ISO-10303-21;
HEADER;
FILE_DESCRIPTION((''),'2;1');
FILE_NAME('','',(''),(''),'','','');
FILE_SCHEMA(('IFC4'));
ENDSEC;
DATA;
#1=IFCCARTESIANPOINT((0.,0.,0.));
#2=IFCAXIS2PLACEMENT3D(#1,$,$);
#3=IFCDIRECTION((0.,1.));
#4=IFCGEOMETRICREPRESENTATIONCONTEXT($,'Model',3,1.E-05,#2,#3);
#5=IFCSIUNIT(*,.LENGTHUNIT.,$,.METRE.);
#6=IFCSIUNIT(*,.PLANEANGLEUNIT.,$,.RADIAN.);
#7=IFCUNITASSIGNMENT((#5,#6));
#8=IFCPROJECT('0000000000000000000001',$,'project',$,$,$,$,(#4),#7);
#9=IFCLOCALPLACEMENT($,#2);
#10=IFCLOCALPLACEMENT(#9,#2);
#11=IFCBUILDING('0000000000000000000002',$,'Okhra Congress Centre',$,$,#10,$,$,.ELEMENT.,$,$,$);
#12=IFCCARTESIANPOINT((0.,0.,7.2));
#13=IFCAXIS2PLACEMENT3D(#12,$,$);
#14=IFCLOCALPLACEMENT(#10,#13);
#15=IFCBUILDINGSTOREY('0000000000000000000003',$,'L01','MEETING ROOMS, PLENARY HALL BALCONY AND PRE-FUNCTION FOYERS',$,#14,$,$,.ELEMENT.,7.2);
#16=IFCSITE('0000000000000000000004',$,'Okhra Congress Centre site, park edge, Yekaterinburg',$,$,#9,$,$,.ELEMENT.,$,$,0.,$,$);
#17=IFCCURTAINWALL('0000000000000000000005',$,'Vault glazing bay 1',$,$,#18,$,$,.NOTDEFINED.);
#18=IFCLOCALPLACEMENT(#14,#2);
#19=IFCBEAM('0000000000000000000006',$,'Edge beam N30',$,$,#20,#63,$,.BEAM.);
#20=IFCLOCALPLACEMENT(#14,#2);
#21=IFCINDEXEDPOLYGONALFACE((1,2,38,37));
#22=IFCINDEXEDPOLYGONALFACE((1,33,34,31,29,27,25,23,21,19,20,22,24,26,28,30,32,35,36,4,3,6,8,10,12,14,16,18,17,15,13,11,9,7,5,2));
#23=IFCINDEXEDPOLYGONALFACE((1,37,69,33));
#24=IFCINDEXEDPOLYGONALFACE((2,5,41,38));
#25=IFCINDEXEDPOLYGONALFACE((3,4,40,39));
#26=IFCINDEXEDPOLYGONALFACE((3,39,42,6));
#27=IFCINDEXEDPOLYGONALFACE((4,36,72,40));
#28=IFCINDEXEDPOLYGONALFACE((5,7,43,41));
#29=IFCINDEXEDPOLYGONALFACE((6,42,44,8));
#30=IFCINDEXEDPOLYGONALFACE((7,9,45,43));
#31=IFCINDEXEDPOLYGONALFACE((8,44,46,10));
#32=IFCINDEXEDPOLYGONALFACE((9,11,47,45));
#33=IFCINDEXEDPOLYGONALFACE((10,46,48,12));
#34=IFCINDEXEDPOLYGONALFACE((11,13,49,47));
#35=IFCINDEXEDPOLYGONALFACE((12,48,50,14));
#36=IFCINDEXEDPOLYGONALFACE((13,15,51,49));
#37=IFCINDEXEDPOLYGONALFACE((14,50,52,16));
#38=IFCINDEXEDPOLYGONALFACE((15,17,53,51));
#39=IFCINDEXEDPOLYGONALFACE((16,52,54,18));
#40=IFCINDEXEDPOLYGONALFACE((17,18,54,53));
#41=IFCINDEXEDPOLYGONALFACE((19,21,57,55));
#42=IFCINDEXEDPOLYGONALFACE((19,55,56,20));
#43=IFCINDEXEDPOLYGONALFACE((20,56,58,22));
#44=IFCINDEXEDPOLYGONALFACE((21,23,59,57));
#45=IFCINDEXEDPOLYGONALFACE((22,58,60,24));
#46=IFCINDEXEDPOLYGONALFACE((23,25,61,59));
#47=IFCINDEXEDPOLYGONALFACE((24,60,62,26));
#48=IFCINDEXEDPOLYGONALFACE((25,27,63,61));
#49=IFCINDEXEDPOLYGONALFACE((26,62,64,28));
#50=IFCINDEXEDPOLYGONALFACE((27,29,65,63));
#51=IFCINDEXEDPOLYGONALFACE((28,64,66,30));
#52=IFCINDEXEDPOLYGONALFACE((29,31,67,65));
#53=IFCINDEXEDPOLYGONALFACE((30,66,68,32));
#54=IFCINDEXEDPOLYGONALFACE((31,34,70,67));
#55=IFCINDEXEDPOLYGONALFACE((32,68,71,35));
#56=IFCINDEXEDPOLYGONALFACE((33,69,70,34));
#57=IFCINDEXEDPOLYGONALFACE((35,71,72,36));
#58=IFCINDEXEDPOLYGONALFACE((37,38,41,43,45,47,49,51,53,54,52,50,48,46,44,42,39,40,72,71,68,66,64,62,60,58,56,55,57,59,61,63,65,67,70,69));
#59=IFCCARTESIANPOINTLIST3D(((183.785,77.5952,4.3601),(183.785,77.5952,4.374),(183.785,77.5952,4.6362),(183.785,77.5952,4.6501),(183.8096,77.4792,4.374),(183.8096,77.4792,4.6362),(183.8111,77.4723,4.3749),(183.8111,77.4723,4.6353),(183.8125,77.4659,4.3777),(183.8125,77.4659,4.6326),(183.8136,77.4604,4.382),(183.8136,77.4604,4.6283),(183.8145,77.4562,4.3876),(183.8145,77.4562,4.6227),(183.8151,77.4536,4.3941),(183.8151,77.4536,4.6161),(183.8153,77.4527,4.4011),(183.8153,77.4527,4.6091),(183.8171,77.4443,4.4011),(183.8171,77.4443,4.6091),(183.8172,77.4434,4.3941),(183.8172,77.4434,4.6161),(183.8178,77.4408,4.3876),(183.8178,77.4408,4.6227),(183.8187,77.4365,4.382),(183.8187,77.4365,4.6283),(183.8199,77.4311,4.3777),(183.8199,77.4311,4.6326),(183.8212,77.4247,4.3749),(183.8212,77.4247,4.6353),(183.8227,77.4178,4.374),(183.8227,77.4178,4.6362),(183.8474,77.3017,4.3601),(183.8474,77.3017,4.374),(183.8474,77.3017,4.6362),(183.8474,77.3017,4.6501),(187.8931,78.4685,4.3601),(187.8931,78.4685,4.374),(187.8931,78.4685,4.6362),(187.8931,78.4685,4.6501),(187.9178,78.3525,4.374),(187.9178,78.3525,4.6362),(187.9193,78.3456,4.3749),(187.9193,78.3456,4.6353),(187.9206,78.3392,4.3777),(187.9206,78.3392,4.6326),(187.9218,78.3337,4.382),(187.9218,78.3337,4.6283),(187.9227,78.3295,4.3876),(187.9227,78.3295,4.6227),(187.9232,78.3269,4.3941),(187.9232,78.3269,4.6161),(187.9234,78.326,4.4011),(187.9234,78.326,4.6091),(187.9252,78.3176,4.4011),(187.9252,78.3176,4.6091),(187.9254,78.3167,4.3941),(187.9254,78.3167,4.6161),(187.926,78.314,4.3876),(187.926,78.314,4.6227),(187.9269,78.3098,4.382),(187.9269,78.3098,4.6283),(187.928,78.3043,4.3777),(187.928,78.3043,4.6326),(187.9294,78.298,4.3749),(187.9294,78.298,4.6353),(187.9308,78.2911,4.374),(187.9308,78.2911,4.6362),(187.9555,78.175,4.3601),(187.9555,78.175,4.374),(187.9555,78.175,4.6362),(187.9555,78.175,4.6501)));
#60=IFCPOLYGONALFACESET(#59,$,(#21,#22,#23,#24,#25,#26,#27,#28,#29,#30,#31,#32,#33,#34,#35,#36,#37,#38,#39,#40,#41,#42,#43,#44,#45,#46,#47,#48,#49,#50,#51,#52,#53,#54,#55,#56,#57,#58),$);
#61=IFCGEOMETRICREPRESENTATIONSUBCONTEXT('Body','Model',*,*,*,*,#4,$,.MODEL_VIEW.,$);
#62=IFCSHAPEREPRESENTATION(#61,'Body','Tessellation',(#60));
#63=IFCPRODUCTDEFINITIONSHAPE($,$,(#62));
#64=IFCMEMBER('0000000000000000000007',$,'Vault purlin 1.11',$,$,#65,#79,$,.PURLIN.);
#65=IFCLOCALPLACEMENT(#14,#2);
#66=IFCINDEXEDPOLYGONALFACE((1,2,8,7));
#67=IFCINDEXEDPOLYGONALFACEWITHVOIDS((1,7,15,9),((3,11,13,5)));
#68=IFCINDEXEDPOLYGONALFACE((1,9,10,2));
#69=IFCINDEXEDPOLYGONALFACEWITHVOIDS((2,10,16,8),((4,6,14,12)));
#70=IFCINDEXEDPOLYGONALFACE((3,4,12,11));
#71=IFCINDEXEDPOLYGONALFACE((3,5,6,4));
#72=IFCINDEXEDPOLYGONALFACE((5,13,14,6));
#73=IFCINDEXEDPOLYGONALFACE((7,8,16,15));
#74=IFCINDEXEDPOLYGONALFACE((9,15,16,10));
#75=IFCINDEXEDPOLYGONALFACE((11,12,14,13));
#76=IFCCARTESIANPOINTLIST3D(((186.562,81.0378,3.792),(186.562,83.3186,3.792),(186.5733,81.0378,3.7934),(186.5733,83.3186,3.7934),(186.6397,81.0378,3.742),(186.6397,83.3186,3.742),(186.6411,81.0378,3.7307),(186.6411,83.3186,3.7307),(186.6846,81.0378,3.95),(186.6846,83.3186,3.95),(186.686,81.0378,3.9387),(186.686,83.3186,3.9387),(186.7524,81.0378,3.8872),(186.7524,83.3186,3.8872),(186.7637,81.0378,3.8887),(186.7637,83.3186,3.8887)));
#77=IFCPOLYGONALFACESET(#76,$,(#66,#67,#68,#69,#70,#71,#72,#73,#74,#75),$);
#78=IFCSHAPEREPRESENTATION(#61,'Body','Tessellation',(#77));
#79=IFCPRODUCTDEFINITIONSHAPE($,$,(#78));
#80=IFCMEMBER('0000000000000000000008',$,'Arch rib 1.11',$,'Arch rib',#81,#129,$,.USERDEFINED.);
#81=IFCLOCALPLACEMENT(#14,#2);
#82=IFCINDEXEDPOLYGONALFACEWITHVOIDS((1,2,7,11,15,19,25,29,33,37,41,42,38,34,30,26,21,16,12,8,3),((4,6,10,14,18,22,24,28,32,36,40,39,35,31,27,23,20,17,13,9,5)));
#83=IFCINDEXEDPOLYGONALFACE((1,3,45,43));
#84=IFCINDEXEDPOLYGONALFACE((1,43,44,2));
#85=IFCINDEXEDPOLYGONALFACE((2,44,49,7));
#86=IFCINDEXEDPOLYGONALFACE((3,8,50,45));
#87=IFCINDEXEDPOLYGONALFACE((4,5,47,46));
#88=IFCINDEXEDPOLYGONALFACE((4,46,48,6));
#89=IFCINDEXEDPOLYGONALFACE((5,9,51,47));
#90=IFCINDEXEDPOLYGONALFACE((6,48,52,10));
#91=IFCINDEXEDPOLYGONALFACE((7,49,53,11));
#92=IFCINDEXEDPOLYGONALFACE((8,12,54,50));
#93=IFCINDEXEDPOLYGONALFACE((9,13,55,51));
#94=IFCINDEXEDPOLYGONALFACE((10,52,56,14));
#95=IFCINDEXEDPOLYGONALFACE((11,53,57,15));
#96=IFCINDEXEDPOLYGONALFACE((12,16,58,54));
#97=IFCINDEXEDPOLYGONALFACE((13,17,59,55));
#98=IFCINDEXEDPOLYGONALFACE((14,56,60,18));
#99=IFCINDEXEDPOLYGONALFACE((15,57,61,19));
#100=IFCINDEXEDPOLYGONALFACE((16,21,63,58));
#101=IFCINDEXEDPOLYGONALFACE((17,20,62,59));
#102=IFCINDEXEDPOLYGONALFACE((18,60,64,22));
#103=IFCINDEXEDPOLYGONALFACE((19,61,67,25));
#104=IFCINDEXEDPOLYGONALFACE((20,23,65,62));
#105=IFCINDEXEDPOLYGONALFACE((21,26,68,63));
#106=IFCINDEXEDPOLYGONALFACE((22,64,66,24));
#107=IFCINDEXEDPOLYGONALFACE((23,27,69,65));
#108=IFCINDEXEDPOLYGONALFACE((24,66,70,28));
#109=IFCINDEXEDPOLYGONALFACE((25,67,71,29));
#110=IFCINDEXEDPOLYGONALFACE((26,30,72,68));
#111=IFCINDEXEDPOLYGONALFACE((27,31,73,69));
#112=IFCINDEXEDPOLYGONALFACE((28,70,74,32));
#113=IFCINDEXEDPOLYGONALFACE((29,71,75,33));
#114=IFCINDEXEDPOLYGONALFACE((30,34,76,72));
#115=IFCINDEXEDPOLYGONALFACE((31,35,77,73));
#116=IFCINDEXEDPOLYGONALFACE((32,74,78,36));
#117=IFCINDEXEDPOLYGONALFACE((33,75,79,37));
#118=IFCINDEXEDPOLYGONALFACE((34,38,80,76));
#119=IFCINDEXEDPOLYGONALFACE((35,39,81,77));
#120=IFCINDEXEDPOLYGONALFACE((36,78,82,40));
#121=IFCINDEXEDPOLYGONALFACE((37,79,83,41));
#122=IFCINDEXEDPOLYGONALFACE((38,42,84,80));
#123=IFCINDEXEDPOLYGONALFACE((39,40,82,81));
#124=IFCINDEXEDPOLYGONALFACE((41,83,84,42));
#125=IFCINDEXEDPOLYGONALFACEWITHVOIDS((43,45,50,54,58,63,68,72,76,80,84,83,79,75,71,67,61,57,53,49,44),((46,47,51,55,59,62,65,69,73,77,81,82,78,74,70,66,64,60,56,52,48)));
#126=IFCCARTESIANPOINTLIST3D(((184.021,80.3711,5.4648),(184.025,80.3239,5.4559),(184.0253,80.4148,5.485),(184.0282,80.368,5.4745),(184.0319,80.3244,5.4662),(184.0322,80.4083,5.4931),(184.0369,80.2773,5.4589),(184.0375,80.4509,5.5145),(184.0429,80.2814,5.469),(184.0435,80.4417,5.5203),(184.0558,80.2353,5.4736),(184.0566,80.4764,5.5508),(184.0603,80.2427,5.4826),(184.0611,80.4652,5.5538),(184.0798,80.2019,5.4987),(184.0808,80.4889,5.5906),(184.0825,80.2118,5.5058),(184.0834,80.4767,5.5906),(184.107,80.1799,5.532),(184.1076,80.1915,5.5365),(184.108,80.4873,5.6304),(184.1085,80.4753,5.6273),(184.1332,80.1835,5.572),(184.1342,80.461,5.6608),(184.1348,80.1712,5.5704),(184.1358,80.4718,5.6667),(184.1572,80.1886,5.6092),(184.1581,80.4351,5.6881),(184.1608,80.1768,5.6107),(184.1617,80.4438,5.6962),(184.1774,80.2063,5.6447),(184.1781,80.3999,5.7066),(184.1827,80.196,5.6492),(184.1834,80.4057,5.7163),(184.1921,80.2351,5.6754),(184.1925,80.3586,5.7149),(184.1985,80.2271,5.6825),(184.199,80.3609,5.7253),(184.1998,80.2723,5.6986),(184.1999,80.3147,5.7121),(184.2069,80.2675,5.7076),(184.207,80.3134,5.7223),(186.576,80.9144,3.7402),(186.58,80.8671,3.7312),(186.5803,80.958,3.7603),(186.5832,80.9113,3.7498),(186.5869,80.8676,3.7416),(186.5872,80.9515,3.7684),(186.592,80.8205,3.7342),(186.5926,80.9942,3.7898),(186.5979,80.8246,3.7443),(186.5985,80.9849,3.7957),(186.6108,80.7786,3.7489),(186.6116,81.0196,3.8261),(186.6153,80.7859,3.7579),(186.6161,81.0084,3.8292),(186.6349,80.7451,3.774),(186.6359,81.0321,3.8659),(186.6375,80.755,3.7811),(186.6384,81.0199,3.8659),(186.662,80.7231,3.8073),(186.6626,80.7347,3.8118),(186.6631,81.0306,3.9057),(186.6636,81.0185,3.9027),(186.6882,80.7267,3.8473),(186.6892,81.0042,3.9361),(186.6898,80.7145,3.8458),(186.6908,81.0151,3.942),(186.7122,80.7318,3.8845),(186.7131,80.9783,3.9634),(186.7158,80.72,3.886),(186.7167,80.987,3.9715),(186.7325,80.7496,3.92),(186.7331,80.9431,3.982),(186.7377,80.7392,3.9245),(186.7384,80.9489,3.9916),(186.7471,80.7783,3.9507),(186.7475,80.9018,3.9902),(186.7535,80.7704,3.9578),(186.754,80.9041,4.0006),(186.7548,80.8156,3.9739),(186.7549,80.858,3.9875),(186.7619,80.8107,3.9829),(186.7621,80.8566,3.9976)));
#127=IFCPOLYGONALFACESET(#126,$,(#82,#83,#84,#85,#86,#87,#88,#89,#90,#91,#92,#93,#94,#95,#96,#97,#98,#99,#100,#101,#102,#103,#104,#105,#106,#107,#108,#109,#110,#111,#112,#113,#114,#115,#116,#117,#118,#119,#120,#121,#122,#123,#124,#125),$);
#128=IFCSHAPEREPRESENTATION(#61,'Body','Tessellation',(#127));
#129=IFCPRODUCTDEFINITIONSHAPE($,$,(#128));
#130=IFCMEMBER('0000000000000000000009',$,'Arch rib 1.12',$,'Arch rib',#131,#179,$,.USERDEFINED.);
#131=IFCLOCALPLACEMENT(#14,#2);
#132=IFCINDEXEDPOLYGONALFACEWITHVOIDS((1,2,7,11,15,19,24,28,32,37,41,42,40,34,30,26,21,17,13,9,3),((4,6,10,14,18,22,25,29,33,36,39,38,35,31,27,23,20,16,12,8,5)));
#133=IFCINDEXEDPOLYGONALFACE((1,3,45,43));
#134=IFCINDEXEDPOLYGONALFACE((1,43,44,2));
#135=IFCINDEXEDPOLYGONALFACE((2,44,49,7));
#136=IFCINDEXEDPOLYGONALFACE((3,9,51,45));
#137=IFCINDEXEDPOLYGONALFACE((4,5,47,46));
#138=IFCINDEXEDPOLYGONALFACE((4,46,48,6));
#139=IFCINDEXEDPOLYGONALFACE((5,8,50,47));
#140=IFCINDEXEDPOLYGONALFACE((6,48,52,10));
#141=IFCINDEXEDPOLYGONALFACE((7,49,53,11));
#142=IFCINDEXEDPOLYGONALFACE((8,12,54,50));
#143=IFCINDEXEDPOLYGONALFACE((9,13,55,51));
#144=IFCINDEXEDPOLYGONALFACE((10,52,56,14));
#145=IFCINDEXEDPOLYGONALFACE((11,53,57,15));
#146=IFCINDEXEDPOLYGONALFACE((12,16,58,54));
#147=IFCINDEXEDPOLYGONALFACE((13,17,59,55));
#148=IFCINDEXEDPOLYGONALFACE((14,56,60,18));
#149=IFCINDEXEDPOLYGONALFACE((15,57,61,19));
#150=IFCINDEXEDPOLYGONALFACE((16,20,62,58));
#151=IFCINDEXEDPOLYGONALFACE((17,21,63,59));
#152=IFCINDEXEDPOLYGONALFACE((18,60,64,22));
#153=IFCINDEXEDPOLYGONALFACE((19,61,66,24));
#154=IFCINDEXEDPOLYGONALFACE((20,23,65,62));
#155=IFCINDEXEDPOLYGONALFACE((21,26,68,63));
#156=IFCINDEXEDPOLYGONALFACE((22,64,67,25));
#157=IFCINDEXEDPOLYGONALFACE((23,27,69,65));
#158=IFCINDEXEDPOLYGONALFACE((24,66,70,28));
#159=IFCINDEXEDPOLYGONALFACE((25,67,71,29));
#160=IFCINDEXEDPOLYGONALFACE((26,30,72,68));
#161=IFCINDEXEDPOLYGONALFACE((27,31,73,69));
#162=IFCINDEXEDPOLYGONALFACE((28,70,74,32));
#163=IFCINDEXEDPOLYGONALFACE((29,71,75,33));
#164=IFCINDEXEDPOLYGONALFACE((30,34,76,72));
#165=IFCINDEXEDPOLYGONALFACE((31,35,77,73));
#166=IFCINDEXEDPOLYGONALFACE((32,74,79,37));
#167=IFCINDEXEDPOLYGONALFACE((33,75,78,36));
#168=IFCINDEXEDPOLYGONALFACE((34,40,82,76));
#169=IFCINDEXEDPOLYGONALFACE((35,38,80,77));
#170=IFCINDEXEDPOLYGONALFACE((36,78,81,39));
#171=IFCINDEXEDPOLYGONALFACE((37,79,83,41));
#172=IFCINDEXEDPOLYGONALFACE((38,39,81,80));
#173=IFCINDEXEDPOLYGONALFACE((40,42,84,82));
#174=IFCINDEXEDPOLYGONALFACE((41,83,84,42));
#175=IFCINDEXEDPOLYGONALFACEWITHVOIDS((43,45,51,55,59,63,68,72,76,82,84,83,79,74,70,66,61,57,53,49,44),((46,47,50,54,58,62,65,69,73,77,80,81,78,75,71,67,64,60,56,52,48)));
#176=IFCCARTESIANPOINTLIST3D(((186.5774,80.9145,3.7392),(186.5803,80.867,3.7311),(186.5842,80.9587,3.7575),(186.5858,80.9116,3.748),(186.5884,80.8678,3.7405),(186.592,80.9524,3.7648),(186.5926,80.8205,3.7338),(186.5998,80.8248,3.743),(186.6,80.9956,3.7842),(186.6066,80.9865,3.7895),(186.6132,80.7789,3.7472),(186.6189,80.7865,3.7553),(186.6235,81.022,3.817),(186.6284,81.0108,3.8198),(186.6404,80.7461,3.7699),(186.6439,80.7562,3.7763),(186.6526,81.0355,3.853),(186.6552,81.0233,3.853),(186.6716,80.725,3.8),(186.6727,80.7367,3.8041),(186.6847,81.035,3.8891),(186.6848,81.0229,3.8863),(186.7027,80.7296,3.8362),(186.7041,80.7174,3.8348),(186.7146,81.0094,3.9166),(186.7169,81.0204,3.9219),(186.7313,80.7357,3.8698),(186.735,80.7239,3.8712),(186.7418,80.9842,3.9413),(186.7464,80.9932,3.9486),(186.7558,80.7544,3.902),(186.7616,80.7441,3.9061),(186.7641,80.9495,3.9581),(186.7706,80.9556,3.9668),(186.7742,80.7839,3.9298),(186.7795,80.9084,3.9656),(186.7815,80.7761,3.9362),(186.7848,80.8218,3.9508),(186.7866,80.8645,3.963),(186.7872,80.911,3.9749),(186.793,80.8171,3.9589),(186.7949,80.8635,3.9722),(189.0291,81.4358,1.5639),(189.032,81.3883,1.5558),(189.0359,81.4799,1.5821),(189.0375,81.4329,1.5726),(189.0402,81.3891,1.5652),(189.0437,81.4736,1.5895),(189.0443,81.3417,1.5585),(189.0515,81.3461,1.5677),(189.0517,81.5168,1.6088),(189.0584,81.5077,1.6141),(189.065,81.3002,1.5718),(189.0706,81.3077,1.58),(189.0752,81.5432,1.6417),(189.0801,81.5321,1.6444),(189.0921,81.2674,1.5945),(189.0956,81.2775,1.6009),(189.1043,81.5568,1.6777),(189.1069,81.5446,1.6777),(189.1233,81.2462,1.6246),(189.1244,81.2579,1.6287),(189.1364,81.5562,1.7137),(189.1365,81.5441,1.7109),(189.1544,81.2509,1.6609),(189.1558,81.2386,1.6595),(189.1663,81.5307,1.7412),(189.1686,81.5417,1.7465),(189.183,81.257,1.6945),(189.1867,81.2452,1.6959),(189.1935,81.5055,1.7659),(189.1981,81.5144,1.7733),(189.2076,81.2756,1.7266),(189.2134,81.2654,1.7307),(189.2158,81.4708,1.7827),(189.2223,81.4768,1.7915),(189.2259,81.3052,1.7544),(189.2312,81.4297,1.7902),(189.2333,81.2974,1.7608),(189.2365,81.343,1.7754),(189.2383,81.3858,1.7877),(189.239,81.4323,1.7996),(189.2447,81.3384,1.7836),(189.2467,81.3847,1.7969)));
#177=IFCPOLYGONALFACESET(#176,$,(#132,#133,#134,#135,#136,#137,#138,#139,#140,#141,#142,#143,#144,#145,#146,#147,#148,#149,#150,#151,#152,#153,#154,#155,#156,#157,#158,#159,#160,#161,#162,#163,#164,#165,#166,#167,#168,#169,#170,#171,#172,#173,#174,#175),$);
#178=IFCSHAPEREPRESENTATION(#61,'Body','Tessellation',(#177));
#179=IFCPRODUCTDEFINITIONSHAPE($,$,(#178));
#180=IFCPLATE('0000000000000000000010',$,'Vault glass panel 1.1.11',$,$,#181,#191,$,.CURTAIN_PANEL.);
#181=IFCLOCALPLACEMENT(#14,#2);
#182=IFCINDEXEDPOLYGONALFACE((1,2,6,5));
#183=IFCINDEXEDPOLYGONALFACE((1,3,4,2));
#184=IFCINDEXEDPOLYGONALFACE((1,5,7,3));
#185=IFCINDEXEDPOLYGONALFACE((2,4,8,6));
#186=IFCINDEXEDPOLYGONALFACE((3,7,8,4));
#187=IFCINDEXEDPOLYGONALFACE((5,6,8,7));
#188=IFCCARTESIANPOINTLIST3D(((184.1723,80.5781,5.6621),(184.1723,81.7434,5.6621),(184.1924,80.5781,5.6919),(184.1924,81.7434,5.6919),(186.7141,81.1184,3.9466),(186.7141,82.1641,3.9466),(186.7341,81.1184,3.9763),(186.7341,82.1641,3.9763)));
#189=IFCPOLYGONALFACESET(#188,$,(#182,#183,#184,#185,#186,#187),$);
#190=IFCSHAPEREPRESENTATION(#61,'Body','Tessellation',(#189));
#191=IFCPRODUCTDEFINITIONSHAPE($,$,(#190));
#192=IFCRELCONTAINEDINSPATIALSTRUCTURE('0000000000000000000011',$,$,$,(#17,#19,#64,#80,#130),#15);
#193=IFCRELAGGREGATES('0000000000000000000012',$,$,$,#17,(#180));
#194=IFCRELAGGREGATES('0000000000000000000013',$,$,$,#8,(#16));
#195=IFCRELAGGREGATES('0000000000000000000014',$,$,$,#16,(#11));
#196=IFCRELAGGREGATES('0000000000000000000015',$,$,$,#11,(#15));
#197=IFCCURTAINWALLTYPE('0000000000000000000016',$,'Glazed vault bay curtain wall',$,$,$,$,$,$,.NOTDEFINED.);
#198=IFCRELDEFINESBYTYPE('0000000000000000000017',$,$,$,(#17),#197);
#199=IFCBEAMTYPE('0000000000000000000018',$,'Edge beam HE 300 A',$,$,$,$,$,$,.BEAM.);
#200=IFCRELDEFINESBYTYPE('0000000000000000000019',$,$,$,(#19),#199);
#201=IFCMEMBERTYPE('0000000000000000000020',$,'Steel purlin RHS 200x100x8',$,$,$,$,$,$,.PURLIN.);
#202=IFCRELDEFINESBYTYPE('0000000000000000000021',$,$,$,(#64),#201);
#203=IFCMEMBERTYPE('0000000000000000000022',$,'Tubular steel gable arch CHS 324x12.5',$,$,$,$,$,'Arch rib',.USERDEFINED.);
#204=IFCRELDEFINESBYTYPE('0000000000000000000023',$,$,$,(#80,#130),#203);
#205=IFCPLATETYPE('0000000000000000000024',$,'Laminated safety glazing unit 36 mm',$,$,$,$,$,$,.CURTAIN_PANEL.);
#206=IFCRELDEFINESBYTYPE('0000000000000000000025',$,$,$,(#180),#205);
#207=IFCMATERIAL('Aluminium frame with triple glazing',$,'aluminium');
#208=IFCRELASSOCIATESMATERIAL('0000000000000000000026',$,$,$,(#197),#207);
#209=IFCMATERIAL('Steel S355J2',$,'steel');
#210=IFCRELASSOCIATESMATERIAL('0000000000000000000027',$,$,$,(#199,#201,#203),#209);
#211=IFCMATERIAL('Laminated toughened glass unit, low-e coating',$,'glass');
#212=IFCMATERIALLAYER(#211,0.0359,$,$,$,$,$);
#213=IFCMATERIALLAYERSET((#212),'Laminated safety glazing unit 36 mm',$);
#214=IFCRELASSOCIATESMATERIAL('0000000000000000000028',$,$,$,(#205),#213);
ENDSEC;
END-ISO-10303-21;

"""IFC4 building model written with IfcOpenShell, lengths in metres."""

from ifc_helpers import new_model, si_unit, direction, frame, origin, origin_2d, place, context, subcontext, project, spatial, polyline, hollow_rectangle, hollow_circle, i_section, outline, extrude, material, layer, layer_set, material_profile, profile_set, type_object, element, aggregate, save


model = new_model("IFC4")

# Units and contexts
model_context = context("Model", 3, precision=1e-05, world=origin(), true_north=direction((0.0, 1.0)))
body_context = subcontext(model_context, "Body", "Model", "MODEL_VIEW")
ifc_project = project(units=[si_unit("LENGTHUNIT", "METRE"), si_unit("PLANEANGLEUNIT", "RADIAN")], contexts=[model_context])

# Site, building, storey
site_placement = place(None, origin())
site = spatial("IfcSite", under=ifc_project, at=site_placement, Name="Okhra Congress Centre site, park edge, Yekaterinburg", CompositionType="ELEMENT", RefElevation=0.0)
building_placement = place(site_placement, origin())
building = spatial("IfcBuilding", under=site, at=building_placement, Name="Okhra Congress Centre", CompositionType="ELEMENT")
storey_placement = place(building_placement, frame((0.0, 0.0, 7.2)))
storey = spatial("IfcBuildingStorey", under=building, at=storey_placement, Name="L01", Description="MEETING ROOMS, PLENARY HALL BALCONY AND PRE-FUNCTION FOYERS", CompositionType="ELEMENT", Elevation=7.2)

# Shared definitions
ifc_material_1 = material(Name="Steel S355J2", Category="steel")

# Curtain wall
ifc_material_2 = material(Name="Aluminium frame with triple glazing", Category="aluminium")
curtain_wall_type = type_object("IfcCurtainWallType", Name="Glazed vault bay curtain wall", PredefinedType="NOTDEFINED", material=ifc_material_2)
curtain_wall_placement = place(storey_placement, origin())
curtain_wall = element("IfcCurtainWall", 1, at=curtain_wall_placement, inside=storey, type_object=curtain_wall_type, Name="Vault glazing bay 1", PredefinedType="NOTDEFINED")

# Beam
ifc_material_profile_1 = material_profile(ifc_material_1, i_section(OverallWidth=0.3, OverallDepth=0.29, WebThickness=0.0085, FlangeThickness=0.0139, FilletRadius=0.0271, at=origin_2d()), Name="HE 300 A")
ifc_profile_set_1 = profile_set([ifc_material_profile_1], Name="Steel S355J2")
beam_type = type_object("IfcBeamType", Name="Edge beam HE 300 A", PredefinedType="BEAM", material=ifc_profile_set_1)
beam_placement = place(storey_placement, frame((183.8162, 77.4485, 4.5051), z_axis=(0.978144, 0.207929, 0.0), x_axis=(-0.207929, 0.978144, 0.0)))
element("IfcBeam", 2, at=beam_placement, inside=storey, type_object=beam_type, Name="Edge beam N30", PredefinedType="BEAM", context=body_context, shape_type="SweptSolid", body=[
    extrude(i_section(OverallWidth=0.3, OverallDepth=0.29, WebThickness=0.0085, FlangeThickness=0.0139, FilletRadius=0.0271, at=origin_2d()), origin(), (0.0, 0.0, 1.0), 4.2),
])

# Members
ifc_material_profile_2 = material_profile(ifc_material_1, hollow_rectangle(XDim=0.1001, YDim=0.2, WallThickness=0.0081, at=origin_2d()), Name="RHS 200x100x8")
ifc_profile_set_2 = profile_set([ifc_material_profile_2], Name="Steel S355J2")
member_type_1 = type_object("IfcMemberType", Name="Steel purlin RHS 200x100x8", PredefinedType="PURLIN", material=ifc_profile_set_2)
member_1_placement = place(storey_placement, frame((186.6628, 81.0378, 3.8403), z_axis=(0.0, 1.0, 0.0), x_axis=(-0.790145, 0.0, 0.61292)))
element("IfcMember", 3, at=member_1_placement, inside=storey, type_object=member_type_1, Name="Vault purlin 1.11", PredefinedType="PURLIN", context=body_context, shape_type="SweptSolid", body=[
    extrude(hollow_rectangle(XDim=0.1001, YDim=0.2, WallThickness=0.0081, at=origin_2d()), origin(), (0.0, 0.0, 1.0), 2.2808),
])
ifc_material_profile_3 = material_profile(ifc_material_1, hollow_circle(Radius=0.1619, WallThickness=0.0125, at=origin_2d()), Name="CHS 323.9x12.5")
ifc_profile_set_3 = profile_set([ifc_material_profile_3], Name="Steel S355J2")
member_type_2 = type_object("IfcMemberType", Name="Tubular steel gable arch CHS 324x12.5", ElementType="Arch rib", PredefinedType="USERDEFINED", material=ifc_profile_set_3)
member_2_placement = place(storey_placement, frame((184.1145, 80.3306, 5.5906), z_axis=(0.816267, 0.173549, -0.55099), x_axis=(-0.207965, 0.978136, 0.0)))
element("IfcMember", 4, at=member_2_placement, inside=storey, type_object=member_type_2, Name="Arch rib 1.11", ObjectType="Arch rib", PredefinedType="USERDEFINED", context=body_context, shape_type="SweptSolid", body=[
    extrude(hollow_circle(Radius=0.1619, WallThickness=0.0125, at=origin_2d()), origin(), (0.0, 0.0, 1.0), 3.1301),
])
member_3_placement = place(storey_placement, frame((186.6863, 80.8772, 3.853), z_axis=(0.738726, 0.157058, -0.655452), x_axis=(-0.207959, 0.978138, 0.0)))
element("IfcMember", 5, at=member_3_placement, inside=storey, type_object=member_type_2, Name="Arch rib 1.12", ObjectType="Arch rib", PredefinedType="USERDEFINED", context=body_context, shape_type="SweptSolid", body=[
    extrude(hollow_circle(Radius=0.1619, WallThickness=0.0125, at=origin_2d()), origin(), (0.0, 0.0, 1.0), 3.3188),
])

# Plate
ifc_material_3 = material(Name="Laminated toughened glass unit, low-e coating", Category="glass")
ifc_layer_1 = layer(ifc_material_3, 0.0359)
ifc_layer_set_1 = layer_set([ifc_layer_1], Name="Laminated safety glazing unit 36 mm")
plate_type = type_object("IfcPlateType", Name="Laminated safety glazing unit 36 mm", PredefinedType="CURTAIN_PANEL", material=ifc_layer_set_1)
plate_1_placement = place(storey_placement, frame((184.1924, 80.5781, 5.6919), z_axis=(0.55945, 0.0, 0.828864), x_axis=(0.816292, 0.173514, -0.550964)))
plate_1 = element("IfcPlate", 6, at=plate_1_placement, type_object=plate_type, Name="Vault glass panel 1.1.11", PredefinedType="CURTAIN_PANEL", context=body_context, shape_type="SweptSolid", body=[
    extrude(outline(polyline([(0.0, 0.0), (3.1138, 0.0), (3.2952, 1.0298), (0.2022, 1.1476), (0.0, 0.0)])), origin(), (0.0, 0.0, -1.0), 0.0359),
])
aggregate(curtain_wall, [plate_1])

save(model, "model.ifc")
